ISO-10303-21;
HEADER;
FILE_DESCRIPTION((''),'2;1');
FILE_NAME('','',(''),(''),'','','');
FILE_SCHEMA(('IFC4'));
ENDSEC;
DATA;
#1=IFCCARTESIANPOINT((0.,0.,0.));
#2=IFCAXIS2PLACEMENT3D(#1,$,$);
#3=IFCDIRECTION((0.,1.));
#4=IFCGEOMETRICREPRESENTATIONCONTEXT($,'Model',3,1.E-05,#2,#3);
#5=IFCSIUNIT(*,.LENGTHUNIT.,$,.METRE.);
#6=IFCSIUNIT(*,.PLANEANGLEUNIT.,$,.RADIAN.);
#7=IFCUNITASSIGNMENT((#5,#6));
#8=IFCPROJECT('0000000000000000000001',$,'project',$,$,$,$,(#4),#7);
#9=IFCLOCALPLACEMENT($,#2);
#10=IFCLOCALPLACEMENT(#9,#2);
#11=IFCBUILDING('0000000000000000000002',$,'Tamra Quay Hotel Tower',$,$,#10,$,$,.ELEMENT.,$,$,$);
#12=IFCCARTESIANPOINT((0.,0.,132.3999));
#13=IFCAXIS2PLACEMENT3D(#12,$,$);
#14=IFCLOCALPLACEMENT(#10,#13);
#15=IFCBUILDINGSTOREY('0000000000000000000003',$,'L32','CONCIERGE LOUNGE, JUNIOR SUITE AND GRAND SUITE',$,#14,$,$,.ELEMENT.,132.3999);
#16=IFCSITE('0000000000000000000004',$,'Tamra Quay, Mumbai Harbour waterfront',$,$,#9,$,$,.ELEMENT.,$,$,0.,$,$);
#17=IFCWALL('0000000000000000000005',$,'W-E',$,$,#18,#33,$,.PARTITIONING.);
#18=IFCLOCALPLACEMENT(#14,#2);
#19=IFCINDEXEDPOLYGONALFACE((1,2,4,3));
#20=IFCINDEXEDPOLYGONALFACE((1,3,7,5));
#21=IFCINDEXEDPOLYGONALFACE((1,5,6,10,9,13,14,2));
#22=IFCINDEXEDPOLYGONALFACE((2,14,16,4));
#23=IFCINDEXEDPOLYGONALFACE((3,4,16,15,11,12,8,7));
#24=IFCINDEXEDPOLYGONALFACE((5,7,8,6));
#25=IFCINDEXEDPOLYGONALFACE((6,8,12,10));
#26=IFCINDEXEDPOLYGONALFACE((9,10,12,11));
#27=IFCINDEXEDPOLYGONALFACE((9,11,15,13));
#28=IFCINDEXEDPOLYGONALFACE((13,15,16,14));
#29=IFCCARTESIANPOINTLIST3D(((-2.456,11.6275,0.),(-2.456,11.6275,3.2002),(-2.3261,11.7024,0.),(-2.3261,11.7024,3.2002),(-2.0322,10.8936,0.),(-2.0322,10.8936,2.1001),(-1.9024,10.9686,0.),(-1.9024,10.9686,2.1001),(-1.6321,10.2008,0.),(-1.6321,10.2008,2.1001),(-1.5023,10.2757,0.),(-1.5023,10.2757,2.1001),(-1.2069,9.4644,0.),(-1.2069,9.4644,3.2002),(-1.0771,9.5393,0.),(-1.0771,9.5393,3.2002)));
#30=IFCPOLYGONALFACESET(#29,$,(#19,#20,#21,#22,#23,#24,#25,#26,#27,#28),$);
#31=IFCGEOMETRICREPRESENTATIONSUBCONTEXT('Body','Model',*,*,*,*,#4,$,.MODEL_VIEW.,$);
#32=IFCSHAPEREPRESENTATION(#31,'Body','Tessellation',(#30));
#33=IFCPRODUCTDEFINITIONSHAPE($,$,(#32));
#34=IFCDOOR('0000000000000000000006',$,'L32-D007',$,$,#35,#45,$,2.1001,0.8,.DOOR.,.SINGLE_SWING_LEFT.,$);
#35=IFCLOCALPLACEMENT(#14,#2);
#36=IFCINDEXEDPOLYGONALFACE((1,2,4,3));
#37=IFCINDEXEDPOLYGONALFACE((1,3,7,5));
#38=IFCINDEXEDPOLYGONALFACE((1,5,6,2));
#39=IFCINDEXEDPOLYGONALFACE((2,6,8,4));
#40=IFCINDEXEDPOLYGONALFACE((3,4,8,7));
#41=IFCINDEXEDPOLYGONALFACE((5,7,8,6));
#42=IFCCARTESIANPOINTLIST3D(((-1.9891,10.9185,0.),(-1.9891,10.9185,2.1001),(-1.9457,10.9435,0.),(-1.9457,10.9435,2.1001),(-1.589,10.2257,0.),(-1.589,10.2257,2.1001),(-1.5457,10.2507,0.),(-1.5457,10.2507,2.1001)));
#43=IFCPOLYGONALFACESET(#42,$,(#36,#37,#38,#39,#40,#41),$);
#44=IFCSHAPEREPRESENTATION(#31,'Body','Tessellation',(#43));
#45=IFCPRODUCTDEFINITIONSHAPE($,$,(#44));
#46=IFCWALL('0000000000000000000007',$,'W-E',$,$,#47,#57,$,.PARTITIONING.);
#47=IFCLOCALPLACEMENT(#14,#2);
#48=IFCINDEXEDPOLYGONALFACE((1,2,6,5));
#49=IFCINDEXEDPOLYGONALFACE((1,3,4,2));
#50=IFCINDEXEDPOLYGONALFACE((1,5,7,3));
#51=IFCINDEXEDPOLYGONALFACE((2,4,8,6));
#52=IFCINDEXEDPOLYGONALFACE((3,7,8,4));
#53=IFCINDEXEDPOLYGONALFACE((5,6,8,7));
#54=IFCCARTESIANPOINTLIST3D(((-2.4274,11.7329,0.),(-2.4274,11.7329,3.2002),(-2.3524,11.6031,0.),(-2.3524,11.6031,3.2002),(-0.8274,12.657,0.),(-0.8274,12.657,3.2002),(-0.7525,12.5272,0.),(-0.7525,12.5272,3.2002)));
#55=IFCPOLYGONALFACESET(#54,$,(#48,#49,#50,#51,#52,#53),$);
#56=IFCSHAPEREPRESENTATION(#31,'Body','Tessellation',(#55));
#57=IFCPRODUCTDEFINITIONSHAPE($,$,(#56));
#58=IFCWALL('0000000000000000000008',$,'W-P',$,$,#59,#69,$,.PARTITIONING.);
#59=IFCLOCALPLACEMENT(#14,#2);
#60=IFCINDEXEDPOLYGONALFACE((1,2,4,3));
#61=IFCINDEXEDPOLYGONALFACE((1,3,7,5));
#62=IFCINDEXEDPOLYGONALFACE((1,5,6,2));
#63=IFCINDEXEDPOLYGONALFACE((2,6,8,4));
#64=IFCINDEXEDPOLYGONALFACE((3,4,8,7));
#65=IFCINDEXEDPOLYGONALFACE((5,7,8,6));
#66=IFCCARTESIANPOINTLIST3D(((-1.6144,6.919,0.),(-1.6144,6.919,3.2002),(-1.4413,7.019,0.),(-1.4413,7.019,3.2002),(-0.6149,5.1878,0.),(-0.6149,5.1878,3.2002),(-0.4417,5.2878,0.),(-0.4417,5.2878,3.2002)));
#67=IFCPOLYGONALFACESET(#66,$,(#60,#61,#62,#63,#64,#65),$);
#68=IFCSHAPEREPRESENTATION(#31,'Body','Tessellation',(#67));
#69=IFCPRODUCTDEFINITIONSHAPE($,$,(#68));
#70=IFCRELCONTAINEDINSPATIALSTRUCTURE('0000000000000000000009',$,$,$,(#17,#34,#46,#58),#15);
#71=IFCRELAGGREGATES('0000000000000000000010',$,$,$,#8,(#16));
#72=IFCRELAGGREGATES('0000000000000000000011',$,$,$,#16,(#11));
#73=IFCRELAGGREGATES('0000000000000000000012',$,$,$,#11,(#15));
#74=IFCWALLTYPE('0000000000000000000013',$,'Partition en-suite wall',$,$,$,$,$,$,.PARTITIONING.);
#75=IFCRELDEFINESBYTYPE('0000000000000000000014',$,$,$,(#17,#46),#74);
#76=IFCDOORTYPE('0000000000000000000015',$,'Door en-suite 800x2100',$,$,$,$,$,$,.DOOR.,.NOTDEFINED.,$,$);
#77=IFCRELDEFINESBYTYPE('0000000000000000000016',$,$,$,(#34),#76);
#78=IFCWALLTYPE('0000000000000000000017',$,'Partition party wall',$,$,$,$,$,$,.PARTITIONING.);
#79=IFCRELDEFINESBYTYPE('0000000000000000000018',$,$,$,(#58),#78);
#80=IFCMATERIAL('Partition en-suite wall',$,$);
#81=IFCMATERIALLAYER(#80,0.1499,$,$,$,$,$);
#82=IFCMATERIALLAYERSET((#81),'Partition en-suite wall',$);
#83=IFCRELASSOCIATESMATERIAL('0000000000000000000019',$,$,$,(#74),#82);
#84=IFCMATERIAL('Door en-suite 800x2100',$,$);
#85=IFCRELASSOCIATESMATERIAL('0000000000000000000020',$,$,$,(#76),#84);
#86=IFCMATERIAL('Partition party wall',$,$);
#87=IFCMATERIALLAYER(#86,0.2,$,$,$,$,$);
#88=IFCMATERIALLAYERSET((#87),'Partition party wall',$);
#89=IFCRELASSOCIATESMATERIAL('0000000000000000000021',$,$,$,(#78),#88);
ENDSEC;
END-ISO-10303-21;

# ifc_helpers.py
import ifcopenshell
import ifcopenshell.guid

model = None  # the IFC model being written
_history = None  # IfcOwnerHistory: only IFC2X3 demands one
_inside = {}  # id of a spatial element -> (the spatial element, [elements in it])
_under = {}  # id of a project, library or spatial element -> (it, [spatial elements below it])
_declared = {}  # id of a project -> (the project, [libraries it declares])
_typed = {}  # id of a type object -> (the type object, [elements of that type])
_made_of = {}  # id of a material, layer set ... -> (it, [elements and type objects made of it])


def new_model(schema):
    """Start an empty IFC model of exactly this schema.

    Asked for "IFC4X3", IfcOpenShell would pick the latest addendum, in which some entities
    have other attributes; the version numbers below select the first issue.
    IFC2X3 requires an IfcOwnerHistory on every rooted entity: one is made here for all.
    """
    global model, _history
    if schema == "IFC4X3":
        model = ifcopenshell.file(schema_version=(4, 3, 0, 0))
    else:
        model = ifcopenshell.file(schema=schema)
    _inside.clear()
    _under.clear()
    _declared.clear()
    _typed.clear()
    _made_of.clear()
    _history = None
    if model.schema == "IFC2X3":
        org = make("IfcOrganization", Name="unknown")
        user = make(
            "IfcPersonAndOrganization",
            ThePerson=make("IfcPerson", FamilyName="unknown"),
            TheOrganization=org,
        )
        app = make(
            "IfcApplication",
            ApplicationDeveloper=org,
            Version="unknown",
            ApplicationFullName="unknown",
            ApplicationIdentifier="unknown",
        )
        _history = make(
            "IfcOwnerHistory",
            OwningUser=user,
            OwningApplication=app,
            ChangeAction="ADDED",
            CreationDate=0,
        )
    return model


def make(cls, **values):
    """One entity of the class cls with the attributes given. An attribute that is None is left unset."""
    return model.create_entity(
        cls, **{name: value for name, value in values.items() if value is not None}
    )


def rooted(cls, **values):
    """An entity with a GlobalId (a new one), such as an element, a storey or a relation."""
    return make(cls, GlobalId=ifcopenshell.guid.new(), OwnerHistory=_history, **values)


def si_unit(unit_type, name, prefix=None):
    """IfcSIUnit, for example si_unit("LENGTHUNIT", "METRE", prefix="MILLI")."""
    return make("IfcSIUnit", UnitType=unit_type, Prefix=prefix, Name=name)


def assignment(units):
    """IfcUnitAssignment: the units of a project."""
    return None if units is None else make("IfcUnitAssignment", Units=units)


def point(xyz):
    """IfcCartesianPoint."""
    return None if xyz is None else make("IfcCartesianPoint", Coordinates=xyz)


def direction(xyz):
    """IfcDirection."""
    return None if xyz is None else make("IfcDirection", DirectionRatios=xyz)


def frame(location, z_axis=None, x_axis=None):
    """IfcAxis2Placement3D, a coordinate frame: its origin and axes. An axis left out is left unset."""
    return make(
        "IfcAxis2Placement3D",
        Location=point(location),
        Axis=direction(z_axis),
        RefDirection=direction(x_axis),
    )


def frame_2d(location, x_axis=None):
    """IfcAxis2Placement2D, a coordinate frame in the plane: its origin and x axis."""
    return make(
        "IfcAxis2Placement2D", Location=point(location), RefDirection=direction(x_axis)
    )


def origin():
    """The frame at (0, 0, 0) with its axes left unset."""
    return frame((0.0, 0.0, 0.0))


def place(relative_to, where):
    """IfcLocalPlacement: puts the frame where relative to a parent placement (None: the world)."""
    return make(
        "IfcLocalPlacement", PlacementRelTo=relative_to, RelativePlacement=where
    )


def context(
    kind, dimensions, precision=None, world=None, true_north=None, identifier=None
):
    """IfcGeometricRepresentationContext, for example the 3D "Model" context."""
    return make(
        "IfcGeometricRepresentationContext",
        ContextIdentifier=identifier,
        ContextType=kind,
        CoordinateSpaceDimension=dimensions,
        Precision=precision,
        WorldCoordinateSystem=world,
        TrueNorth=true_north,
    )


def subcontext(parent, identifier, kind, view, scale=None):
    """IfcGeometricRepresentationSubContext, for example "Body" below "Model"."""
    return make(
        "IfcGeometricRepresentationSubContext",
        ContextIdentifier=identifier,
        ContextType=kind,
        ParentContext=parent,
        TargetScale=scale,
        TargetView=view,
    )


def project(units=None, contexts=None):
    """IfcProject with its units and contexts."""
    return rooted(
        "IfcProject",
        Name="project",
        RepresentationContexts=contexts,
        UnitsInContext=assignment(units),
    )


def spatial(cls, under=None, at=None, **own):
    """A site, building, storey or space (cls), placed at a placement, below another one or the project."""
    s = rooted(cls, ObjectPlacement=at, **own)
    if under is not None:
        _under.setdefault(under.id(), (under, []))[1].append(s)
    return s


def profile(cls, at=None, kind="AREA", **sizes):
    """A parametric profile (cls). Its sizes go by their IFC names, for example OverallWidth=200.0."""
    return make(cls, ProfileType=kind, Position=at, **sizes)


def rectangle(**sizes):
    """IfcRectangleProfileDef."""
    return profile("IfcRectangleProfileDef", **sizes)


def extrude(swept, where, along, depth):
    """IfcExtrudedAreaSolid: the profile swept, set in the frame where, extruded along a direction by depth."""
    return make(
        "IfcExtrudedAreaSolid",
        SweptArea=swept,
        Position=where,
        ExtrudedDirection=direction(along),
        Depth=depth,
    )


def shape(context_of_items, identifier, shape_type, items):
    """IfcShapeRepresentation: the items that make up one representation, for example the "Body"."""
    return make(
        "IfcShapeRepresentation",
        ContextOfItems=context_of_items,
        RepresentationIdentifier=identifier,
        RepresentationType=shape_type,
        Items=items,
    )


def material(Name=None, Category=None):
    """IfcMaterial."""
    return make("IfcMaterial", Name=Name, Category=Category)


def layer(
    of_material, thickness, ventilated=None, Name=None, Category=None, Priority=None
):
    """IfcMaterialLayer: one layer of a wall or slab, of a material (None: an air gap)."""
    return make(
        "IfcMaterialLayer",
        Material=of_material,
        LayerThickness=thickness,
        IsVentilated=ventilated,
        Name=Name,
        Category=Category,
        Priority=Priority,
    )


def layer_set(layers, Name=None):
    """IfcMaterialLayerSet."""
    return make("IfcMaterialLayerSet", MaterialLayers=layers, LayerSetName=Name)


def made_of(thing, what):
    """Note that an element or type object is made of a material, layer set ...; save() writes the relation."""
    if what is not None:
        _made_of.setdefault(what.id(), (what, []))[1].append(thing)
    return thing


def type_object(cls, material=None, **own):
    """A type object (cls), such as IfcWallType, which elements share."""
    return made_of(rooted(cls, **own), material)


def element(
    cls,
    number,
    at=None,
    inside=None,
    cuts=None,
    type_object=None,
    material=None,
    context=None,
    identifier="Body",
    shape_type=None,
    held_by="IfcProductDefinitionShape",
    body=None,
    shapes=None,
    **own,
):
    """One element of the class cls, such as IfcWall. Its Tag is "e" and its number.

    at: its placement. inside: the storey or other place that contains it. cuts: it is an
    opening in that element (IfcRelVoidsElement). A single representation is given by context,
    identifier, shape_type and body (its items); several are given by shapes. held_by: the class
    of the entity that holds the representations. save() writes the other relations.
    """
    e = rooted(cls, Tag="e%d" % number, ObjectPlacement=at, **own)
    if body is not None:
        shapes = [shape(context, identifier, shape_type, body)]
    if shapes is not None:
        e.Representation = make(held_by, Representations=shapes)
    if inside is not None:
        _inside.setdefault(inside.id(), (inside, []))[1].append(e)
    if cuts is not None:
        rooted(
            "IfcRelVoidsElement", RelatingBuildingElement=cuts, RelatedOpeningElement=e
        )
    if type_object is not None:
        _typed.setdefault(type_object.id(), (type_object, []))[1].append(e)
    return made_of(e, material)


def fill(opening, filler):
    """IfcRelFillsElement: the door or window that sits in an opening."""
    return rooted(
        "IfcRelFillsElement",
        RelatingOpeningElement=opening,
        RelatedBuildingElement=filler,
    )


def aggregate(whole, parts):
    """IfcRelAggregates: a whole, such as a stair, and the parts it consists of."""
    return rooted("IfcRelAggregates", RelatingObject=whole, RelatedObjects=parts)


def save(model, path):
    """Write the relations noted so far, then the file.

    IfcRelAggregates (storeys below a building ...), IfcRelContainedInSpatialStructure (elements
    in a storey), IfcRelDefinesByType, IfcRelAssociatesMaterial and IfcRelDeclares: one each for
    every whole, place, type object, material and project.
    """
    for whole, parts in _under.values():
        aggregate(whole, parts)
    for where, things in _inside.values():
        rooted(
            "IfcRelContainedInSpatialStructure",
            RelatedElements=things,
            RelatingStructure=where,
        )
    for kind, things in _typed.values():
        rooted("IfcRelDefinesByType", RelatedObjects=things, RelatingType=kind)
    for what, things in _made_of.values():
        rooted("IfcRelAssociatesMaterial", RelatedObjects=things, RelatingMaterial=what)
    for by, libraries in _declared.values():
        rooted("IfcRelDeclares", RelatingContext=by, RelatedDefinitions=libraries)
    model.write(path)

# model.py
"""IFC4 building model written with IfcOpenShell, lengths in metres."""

from ifc_helpers import new_model, si_unit, direction, frame, frame_2d, origin, place, context, subcontext, project, spatial, rectangle, extrude, material, layer, layer_set, type_object, element, fill, save


model = new_model("IFC4")

# Units and contexts
model_context = context("Model", 3, precision=1e-05, world=origin(), true_north=direction((0.0, 1.0)))
body_context = subcontext(model_context, "Body", "Model", "MODEL_VIEW")
ifc_project = project(units=[si_unit("LENGTHUNIT", "METRE"), si_unit("PLANEANGLEUNIT", "RADIAN")], contexts=[model_context])

# Site, building, storey
site_placement = place(None, origin())
site = spatial("IfcSite", under=ifc_project, at=site_placement, Name="Tamra Quay, Mumbai Harbour waterfront", CompositionType="ELEMENT", RefElevation=0.0)
building_placement = place(site_placement, origin())
building = spatial("IfcBuilding", under=site, at=building_placement, Name="Tamra Quay Hotel Tower", CompositionType="ELEMENT")
storey_placement = place(building_placement, frame((0.0, 0.0, 132.3999)))
storey = spatial("IfcBuildingStorey", under=building, at=storey_placement, Name="L32", Description="CONCIERGE LOUNGE, JUNIOR SUITE AND GRAND SUITE", CompositionType="ELEMENT", Elevation=132.3999)

# Shared definitions
ifc_material_1 = material(Name="Partition en-suite wall")
ifc_layer_1 = layer(ifc_material_1, 0.1499)
ifc_layer_set_1 = layer_set([ifc_layer_1], Name="Partition en-suite wall")
wall_type_1 = type_object("IfcWallType", Name="Partition en-suite wall", PredefinedType="PARTITIONING", material=ifc_layer_set_1)

# Wall, opening, door
ifc_material_2 = material(Name="Door en-suite 800x2100")
door_type_1 = type_object("IfcDoorType", Name="Door en-suite 800x2100", OperationType="NOTDEFINED", PredefinedType="DOOR", material=ifc_material_2)
wall_1_placement = place(storey_placement, frame((-2.3911, 11.665, 0.0), z_axis=(0.0, 0.0, 1.0), x_axis=(0.50005, -0.865997, 0.0)))
wall_1 = element("IfcWall", 1, at=wall_1_placement, inside=storey, type_object=wall_type_1, Name="W-E", PredefinedType="PARTITIONING", context=body_context, shape_type="SweptSolid", body=[
    extrude(rectangle(XDim=2.4978, YDim=0.1499, at=frame_2d((1.249, 0.0))), origin(), (0.0, 0.0, 1.0), 3.2002),
])
opening_1_placement = place(wall_1_placement, frame((0.8477, 0.0, 0.0)))
opening_1 = element("IfcOpeningElement", 2, at=opening_1_placement, cuts=wall_1, PredefinedType="OPENING", context=body_context, shape_type="SweptSolid", body=[
    extrude(rectangle(XDim=0.8, YDim=2.1001, at=frame_2d((0.3999, 1.05))), frame((0.0, 0.085, 0.0), z_axis=(0.0, -1.0, 0.0), x_axis=(1.0, 0.0, 0.0)), (0.0, 0.0, 1.0), 0.1699),
])
door_1_placement = place(opening_1_placement, origin())
door_1 = element("IfcDoor", 3, at=door_1_placement, inside=storey, type_object=door_type_1, Name="L32-D007", OperationType="SINGLE_SWING_LEFT", OverallHeight=2.1001, OverallWidth=0.8, PredefinedType="DOOR", context=body_context, shape_type="SweptSolid", body=[
    extrude(rectangle(XDim=0.8, YDim=2.1001, at=frame_2d((0.3999, 1.05))), frame((0.0, 0.0249, 0.0), z_axis=(0.0, -1.0, 0.0), x_axis=(1.0, 0.0, 0.0)), (0.0, 0.0, 1.0), 0.05),
])
fill(opening_1, door_1)

# Walls
wall_2_placement = place(storey_placement, frame((-2.3899, 11.668, 0.0), z_axis=(0.0, 0.0, 1.0), x_axis=(0.865932, 0.500161, 0.0)))
element("IfcWall", 4, at=wall_2_placement, inside=storey, type_object=wall_type_1, Name="W-E", PredefinedType="PARTITIONING", context=body_context, shape_type="SweptSolid", body=[
    extrude(rectangle(XDim=1.8477, YDim=0.1499, at=frame_2d((0.9238, 0.0))), origin(), (0.0, 0.0, 1.0), 3.2002),
])
ifc_material_3 = material(Name="Partition party wall")
ifc_layer_2 = layer(ifc_material_3, 0.2)
ifc_layer_set_2 = layer_set([ifc_layer_2], Name="Partition party wall")
wall_type_2 = type_object("IfcWallType", Name="Partition party wall", PredefinedType="PARTITIONING", material=ifc_layer_set_2)
wall_3_placement = place(storey_placement, frame((-1.5278, 6.969, 0.0), z_axis=(0.0, 0.0, 1.0), x_axis=(0.500001, -0.866025, 0.0)))
element("IfcWall", 5, at=wall_3_placement, inside=storey, type_object=wall_type_2, Name="W-P", PredefinedType="PARTITIONING", context=body_context, shape_type="SweptSolid", body=[
    extrude(rectangle(XDim=1.999, YDim=0.2, at=frame_2d((0.9995, 0.0))), origin(), (0.0, 0.0, 1.0), 3.2002),
])

save(model, "model.ifc")
